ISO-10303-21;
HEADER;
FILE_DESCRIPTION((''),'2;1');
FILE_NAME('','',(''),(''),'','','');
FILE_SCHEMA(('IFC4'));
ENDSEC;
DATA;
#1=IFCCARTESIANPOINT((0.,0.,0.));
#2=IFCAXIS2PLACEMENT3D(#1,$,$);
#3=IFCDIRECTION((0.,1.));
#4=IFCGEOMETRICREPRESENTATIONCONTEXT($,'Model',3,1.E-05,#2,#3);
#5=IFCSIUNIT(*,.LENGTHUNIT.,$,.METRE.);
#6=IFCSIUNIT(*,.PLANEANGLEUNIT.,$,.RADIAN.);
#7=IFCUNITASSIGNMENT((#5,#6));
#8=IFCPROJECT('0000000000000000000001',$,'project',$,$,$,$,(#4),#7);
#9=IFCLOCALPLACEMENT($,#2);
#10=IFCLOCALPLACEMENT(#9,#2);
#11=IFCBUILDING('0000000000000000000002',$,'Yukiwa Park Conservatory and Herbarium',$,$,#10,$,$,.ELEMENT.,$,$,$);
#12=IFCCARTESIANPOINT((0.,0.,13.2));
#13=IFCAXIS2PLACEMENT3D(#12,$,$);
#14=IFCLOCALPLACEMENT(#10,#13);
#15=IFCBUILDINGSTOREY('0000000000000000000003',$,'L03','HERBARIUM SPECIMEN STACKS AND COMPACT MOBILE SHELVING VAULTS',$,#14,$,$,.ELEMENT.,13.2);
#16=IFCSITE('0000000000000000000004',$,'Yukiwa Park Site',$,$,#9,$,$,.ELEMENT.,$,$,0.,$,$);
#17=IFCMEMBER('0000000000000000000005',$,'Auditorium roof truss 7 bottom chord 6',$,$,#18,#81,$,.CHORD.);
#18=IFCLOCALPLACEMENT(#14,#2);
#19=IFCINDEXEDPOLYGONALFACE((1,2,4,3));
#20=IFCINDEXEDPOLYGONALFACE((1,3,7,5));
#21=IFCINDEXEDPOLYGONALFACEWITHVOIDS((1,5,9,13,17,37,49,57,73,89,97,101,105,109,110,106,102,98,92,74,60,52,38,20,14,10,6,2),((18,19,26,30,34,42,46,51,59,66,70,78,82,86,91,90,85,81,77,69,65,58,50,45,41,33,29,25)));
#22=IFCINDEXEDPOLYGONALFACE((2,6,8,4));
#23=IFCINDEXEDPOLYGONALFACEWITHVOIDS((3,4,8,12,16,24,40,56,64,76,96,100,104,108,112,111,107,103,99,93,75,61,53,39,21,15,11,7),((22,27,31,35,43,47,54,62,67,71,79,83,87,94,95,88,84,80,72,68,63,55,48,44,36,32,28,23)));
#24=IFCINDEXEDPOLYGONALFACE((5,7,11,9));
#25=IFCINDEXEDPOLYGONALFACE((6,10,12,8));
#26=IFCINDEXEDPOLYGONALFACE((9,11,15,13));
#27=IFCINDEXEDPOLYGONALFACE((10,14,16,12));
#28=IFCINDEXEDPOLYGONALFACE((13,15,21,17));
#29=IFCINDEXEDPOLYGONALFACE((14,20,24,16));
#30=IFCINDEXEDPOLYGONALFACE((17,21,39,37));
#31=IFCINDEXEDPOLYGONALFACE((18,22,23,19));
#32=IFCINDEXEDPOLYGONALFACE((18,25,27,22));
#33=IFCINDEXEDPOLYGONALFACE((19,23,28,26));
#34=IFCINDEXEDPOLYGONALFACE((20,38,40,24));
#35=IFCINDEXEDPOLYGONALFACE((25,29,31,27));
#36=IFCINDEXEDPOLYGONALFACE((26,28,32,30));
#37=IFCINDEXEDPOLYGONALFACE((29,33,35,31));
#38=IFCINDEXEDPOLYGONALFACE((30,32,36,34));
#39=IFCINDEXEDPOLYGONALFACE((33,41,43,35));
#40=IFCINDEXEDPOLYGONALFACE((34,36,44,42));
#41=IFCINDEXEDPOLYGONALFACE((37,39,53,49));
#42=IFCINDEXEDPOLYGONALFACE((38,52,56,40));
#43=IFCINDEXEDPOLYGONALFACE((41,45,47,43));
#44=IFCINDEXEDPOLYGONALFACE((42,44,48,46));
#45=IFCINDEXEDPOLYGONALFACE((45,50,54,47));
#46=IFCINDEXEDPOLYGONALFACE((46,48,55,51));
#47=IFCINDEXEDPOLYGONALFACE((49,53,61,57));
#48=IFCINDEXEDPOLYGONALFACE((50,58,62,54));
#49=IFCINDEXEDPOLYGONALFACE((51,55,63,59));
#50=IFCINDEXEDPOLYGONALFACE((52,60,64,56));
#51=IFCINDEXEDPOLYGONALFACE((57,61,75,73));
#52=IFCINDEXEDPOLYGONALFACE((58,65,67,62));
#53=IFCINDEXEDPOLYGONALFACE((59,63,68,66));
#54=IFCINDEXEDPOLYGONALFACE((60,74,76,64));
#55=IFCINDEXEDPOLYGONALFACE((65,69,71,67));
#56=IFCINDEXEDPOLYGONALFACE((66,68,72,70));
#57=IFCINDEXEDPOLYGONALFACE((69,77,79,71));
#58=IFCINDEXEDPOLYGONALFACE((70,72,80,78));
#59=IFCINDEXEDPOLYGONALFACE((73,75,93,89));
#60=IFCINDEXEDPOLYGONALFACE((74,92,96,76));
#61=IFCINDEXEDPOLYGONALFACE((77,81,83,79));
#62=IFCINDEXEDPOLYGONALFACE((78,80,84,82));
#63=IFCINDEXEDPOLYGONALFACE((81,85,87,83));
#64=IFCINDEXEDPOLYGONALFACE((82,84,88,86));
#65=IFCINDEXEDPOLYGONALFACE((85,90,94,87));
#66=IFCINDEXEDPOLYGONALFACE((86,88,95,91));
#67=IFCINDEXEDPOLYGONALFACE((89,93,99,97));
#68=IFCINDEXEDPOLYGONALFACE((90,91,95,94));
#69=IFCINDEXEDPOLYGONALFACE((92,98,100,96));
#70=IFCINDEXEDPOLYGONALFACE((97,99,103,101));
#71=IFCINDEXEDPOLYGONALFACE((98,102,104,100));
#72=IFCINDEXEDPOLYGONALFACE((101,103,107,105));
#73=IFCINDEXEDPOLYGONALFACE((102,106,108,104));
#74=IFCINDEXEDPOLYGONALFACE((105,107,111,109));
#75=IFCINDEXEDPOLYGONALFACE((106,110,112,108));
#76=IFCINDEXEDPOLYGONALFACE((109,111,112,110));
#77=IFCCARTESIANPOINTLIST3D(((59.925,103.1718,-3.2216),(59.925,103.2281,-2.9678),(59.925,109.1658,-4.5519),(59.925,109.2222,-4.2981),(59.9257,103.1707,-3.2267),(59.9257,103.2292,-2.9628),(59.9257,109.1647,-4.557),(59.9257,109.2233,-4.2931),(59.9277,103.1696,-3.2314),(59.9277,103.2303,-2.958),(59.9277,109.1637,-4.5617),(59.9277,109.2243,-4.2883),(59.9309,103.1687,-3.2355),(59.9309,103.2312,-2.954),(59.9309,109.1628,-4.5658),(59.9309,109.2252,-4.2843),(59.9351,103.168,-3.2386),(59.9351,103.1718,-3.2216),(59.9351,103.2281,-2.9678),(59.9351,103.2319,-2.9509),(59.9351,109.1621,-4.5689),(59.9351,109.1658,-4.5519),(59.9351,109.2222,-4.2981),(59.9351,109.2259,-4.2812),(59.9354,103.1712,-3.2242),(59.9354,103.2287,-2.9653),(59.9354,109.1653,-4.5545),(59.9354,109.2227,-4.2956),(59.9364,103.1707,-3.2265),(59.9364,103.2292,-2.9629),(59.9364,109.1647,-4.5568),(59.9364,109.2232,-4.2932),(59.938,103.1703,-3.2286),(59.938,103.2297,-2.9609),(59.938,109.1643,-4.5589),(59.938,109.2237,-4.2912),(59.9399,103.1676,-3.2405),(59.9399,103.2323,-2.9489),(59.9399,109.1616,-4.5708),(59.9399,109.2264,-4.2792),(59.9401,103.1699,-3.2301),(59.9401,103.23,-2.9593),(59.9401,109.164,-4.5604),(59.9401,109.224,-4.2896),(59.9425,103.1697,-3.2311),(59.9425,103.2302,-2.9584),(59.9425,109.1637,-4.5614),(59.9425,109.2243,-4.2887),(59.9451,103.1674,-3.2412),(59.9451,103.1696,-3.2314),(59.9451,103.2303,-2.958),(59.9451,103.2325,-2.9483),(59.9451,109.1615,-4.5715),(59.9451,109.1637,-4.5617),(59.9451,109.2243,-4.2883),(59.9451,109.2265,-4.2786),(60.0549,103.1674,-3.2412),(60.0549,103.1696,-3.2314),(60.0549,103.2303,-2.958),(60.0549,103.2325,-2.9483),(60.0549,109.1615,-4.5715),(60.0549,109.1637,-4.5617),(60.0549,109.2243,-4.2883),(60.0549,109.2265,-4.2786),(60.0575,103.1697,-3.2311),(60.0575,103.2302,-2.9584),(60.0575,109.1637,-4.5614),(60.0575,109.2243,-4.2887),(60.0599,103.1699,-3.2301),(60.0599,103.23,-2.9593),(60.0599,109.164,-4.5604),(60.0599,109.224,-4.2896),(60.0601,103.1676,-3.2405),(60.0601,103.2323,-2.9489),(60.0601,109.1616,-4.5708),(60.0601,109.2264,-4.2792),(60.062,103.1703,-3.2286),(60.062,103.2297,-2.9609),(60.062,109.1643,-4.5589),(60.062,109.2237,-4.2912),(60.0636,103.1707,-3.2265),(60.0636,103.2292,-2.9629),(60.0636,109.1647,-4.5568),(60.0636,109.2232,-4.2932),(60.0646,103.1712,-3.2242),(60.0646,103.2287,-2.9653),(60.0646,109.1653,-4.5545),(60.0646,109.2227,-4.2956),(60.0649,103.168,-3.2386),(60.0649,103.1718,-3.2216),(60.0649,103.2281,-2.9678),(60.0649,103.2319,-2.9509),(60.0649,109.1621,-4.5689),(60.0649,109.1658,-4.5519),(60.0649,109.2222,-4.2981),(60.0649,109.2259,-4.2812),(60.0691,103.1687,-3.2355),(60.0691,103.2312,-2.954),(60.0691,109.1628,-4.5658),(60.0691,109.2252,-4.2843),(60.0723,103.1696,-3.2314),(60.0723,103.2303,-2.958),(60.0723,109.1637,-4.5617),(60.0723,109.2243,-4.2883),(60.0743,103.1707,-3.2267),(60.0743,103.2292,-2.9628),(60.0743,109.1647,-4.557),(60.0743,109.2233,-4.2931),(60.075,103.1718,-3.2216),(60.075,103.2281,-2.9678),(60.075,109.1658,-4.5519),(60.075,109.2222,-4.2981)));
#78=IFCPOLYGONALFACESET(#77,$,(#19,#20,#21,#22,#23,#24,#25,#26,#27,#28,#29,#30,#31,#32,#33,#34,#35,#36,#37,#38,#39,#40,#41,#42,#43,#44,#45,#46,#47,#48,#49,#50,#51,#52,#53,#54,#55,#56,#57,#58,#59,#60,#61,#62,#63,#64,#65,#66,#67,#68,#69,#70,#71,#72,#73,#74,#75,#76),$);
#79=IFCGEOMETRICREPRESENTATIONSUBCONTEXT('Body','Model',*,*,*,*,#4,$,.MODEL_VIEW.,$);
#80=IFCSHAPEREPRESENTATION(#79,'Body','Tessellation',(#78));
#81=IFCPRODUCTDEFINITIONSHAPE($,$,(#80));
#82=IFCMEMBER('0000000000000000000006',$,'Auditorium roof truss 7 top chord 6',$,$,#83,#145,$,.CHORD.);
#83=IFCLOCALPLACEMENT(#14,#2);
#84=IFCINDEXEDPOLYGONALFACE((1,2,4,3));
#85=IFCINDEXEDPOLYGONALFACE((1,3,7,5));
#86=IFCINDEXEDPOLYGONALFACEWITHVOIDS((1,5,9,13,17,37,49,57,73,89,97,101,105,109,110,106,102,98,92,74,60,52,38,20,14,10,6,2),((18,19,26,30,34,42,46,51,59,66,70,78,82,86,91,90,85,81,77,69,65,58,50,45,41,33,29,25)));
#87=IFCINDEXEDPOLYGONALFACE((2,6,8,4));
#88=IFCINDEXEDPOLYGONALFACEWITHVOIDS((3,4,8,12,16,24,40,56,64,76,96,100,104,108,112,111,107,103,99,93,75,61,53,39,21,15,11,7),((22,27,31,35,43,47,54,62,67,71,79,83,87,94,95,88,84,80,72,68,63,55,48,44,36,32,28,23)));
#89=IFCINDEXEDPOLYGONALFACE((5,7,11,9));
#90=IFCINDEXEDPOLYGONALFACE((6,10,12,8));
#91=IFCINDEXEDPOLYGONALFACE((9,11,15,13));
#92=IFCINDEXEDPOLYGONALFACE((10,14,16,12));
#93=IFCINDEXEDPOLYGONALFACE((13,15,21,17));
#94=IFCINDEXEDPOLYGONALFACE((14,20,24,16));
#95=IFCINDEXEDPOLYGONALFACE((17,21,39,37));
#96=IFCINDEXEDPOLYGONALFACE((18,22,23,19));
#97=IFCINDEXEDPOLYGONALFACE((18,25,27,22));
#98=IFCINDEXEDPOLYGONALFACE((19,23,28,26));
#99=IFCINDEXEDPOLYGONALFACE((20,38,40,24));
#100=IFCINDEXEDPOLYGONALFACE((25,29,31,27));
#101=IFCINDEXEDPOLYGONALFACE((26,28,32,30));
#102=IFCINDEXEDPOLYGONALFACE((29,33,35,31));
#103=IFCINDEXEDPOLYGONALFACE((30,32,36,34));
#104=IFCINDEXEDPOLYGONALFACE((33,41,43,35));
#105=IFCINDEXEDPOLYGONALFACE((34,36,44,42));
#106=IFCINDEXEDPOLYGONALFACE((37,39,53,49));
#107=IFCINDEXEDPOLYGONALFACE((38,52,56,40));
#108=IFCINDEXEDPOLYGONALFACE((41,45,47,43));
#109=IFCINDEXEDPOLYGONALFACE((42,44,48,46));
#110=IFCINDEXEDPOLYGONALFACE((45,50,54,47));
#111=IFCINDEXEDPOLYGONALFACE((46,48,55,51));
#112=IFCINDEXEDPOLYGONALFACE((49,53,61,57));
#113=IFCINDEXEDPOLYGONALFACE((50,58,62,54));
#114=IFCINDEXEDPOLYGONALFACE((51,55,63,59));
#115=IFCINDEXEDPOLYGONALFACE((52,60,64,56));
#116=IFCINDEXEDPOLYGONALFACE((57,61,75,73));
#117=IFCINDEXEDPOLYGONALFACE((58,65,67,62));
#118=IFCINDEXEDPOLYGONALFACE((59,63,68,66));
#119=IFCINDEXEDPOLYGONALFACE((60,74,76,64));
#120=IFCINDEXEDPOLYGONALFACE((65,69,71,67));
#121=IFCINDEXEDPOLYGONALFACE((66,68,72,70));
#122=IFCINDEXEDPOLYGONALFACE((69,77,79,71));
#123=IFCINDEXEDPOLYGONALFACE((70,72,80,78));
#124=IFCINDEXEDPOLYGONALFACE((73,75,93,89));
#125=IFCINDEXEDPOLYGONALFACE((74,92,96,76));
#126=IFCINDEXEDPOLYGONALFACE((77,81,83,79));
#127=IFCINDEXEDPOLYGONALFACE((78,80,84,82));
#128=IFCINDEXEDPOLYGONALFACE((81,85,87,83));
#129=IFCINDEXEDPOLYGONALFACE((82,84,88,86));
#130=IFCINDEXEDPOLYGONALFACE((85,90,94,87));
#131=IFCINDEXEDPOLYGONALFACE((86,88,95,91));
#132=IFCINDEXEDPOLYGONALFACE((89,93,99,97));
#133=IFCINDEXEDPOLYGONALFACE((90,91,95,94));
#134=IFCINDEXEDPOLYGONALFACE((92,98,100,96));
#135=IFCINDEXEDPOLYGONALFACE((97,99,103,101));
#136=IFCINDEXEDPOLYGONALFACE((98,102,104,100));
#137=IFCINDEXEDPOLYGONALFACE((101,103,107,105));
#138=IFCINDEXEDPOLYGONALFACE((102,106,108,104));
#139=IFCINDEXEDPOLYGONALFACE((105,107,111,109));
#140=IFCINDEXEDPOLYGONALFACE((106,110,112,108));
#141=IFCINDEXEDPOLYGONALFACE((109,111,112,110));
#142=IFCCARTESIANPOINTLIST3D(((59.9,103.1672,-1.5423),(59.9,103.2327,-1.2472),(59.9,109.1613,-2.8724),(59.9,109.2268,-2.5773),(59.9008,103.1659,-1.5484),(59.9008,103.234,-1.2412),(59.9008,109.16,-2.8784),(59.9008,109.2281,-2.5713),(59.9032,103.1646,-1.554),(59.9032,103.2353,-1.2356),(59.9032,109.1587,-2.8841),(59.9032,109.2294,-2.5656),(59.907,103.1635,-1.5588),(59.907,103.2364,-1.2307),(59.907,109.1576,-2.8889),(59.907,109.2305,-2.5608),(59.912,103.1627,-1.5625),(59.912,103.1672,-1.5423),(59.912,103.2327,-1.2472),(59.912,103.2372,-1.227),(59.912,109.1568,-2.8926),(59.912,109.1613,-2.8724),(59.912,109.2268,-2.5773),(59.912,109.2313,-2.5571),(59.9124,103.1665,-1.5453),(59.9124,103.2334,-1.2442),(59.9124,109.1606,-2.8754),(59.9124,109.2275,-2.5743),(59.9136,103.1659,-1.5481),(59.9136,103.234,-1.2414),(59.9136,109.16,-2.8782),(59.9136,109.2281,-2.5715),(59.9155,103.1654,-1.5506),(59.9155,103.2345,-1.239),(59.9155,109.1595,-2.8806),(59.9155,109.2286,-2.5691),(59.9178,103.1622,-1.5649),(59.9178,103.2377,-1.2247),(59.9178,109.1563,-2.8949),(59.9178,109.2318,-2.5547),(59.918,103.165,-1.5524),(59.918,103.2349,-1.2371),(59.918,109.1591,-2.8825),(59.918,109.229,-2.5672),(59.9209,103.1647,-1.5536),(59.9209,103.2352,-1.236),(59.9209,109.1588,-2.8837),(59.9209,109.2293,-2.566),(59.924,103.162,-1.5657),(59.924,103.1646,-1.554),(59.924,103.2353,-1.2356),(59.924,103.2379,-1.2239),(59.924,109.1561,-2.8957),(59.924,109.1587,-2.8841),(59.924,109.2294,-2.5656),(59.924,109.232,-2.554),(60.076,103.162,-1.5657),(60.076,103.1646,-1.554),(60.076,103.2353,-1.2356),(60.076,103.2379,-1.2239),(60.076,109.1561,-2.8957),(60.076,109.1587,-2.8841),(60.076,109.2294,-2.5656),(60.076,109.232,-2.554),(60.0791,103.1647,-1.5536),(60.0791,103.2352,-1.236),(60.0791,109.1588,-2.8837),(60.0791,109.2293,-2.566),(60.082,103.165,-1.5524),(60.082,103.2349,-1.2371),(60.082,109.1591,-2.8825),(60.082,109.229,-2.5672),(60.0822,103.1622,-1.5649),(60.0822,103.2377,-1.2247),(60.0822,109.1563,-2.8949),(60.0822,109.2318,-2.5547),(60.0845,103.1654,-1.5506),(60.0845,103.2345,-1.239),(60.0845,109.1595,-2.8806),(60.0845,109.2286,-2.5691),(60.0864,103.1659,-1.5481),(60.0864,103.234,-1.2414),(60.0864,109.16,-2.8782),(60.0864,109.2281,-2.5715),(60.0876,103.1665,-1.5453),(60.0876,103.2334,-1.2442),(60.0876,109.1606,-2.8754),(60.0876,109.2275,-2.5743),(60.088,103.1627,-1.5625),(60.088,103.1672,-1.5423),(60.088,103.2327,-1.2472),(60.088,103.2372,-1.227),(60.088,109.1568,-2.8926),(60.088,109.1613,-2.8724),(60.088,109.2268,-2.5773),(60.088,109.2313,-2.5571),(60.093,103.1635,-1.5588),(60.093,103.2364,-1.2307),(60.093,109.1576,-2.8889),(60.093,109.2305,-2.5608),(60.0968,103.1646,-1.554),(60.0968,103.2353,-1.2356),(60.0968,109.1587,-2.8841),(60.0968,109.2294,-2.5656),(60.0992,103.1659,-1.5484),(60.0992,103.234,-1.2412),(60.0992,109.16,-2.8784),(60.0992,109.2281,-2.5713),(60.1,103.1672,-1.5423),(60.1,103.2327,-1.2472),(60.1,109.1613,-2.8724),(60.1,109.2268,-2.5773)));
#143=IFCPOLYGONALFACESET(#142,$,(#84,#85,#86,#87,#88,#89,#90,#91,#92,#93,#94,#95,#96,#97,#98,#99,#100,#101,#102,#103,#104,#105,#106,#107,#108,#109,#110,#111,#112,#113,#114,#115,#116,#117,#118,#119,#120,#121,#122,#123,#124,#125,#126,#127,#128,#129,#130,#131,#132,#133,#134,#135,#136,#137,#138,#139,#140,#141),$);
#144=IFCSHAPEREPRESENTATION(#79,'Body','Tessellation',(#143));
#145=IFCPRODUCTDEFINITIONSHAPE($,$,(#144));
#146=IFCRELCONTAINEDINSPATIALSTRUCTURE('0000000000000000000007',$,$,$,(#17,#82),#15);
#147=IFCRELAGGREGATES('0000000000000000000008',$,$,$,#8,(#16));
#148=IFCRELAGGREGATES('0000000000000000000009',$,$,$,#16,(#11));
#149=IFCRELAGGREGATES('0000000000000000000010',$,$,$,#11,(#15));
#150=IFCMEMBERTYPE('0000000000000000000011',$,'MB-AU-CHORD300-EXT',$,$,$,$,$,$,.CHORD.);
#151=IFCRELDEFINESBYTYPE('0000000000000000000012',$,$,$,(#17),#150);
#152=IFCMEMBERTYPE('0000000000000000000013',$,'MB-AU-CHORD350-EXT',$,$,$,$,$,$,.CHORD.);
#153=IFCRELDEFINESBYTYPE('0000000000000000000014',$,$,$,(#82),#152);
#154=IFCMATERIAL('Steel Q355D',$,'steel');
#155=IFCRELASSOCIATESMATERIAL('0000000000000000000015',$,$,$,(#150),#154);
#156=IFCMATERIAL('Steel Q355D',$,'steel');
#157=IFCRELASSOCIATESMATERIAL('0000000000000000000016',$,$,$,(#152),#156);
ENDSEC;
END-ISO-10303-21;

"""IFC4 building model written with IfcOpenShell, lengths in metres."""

from ifc_helpers import new_model, si_unit, direction, frame, origin, origin_2d, place, context, subcontext, project, spatial, hollow_rectangle, extrude, material, material_profile, profile_set, type_object, element, save


model = new_model("IFC4")

# Units and contexts
model_context = context("Model", 3, precision=1e-05, world=origin(), true_north=direction((0.0, 1.0)))
body_context = subcontext(model_context, "Body", "Model", "MODEL_VIEW")
ifc_project = project(units=[si_unit("LENGTHUNIT", "METRE"), si_unit("PLANEANGLEUNIT", "RADIAN")], contexts=[model_context])

# Site, building, storey
site_placement = place(None, origin())
site = spatial("IfcSite", under=ifc_project, at=site_placement, Name="Yukiwa Park Site", CompositionType="ELEMENT", RefElevation=0.0)
building_placement = place(site_placement, origin())
building = spatial("IfcBuilding", under=site, at=building_placement, Name="Yukiwa Park Conservatory and Herbarium", CompositionType="ELEMENT")
storey_placement = place(building_placement, frame((0.0, 0.0, 13.2)))
storey = spatial("IfcBuildingStorey", under=building, at=storey_placement, Name="L03", Description="HERBARIUM SPECIMEN STACKS AND COMPACT MOBILE SHELVING VAULTS", CompositionType="ELEMENT", Elevation=13.2)

# Members
ifc_material_1 = material(Name="Steel Q355D", Category="steel")
ifc_material_profile_1 = material_profile(ifc_material_1, hollow_rectangle(XDim=0.1499, YDim=0.3, WallThickness=0.01, InnerFilletRadius=0.01, OuterFilletRadius=0.02, at=origin_2d()), Name="RHS 300x150x10")
ifc_profile_set_1 = profile_set([ifc_material_profile_1], Name="Steel Q355D")
member_type_1 = type_object("IfcMemberType", Name="MB-AU-CHORD300-EXT", PredefinedType="CHORD", material=ifc_profile_set_1)
member_1_placement = place(storey_placement, frame((60.0, 103.2, -3.0947), z_axis=(0.0, 0.976246, -0.216665), x_axis=(-1.0, 0.0, 0.0)))
element("IfcMember", 1, at=member_1_placement, inside=storey, type_object=member_type_1, Name="Auditorium roof truss 7 bottom chord 6", PredefinedType="CHORD", context=body_context, shape_type="SweptSolid", body=[
    extrude(hollow_rectangle(XDim=0.1499, YDim=0.3, WallThickness=0.01, InnerFilletRadius=0.01, OuterFilletRadius=0.02, at=origin_2d()), origin(), (0.0, 0.0, 1.0), 6.1399),
])
ifc_material_2 = material(Name="Steel Q355D", Category="steel")
ifc_material_profile_2 = material_profile(ifc_material_2, hollow_rectangle(XDim=0.2, YDim=0.3501, WallThickness=0.012, InnerFilletRadius=0.012, OuterFilletRadius=0.0239, at=origin_2d()), Name="RHS 350x200x12")
ifc_profile_set_2 = profile_set([ifc_material_profile_2], Name="Steel Q355D")
member_type_2 = type_object("IfcMemberType", Name="MB-AU-CHORD350-EXT", PredefinedType="CHORD", material=ifc_profile_set_2)
member_2_placement = place(storey_placement, frame((60.0, 103.2, -1.3948), z_axis=(0.0, 0.976254, -0.216627), x_axis=(-1.0, 0.0, 0.0)))
element("IfcMember", 2, at=member_2_placement, inside=storey, type_object=member_type_2, Name="Auditorium roof truss 7 top chord 6", PredefinedType="CHORD", context=body_context, shape_type="SweptSolid", body=[
    extrude(hollow_rectangle(XDim=0.2, YDim=0.3501, WallThickness=0.012, InnerFilletRadius=0.012, OuterFilletRadius=0.0239, at=origin_2d()), origin(), (0.0, 0.0, 1.0), 6.1399),
])

save(model, "model.ifc")
